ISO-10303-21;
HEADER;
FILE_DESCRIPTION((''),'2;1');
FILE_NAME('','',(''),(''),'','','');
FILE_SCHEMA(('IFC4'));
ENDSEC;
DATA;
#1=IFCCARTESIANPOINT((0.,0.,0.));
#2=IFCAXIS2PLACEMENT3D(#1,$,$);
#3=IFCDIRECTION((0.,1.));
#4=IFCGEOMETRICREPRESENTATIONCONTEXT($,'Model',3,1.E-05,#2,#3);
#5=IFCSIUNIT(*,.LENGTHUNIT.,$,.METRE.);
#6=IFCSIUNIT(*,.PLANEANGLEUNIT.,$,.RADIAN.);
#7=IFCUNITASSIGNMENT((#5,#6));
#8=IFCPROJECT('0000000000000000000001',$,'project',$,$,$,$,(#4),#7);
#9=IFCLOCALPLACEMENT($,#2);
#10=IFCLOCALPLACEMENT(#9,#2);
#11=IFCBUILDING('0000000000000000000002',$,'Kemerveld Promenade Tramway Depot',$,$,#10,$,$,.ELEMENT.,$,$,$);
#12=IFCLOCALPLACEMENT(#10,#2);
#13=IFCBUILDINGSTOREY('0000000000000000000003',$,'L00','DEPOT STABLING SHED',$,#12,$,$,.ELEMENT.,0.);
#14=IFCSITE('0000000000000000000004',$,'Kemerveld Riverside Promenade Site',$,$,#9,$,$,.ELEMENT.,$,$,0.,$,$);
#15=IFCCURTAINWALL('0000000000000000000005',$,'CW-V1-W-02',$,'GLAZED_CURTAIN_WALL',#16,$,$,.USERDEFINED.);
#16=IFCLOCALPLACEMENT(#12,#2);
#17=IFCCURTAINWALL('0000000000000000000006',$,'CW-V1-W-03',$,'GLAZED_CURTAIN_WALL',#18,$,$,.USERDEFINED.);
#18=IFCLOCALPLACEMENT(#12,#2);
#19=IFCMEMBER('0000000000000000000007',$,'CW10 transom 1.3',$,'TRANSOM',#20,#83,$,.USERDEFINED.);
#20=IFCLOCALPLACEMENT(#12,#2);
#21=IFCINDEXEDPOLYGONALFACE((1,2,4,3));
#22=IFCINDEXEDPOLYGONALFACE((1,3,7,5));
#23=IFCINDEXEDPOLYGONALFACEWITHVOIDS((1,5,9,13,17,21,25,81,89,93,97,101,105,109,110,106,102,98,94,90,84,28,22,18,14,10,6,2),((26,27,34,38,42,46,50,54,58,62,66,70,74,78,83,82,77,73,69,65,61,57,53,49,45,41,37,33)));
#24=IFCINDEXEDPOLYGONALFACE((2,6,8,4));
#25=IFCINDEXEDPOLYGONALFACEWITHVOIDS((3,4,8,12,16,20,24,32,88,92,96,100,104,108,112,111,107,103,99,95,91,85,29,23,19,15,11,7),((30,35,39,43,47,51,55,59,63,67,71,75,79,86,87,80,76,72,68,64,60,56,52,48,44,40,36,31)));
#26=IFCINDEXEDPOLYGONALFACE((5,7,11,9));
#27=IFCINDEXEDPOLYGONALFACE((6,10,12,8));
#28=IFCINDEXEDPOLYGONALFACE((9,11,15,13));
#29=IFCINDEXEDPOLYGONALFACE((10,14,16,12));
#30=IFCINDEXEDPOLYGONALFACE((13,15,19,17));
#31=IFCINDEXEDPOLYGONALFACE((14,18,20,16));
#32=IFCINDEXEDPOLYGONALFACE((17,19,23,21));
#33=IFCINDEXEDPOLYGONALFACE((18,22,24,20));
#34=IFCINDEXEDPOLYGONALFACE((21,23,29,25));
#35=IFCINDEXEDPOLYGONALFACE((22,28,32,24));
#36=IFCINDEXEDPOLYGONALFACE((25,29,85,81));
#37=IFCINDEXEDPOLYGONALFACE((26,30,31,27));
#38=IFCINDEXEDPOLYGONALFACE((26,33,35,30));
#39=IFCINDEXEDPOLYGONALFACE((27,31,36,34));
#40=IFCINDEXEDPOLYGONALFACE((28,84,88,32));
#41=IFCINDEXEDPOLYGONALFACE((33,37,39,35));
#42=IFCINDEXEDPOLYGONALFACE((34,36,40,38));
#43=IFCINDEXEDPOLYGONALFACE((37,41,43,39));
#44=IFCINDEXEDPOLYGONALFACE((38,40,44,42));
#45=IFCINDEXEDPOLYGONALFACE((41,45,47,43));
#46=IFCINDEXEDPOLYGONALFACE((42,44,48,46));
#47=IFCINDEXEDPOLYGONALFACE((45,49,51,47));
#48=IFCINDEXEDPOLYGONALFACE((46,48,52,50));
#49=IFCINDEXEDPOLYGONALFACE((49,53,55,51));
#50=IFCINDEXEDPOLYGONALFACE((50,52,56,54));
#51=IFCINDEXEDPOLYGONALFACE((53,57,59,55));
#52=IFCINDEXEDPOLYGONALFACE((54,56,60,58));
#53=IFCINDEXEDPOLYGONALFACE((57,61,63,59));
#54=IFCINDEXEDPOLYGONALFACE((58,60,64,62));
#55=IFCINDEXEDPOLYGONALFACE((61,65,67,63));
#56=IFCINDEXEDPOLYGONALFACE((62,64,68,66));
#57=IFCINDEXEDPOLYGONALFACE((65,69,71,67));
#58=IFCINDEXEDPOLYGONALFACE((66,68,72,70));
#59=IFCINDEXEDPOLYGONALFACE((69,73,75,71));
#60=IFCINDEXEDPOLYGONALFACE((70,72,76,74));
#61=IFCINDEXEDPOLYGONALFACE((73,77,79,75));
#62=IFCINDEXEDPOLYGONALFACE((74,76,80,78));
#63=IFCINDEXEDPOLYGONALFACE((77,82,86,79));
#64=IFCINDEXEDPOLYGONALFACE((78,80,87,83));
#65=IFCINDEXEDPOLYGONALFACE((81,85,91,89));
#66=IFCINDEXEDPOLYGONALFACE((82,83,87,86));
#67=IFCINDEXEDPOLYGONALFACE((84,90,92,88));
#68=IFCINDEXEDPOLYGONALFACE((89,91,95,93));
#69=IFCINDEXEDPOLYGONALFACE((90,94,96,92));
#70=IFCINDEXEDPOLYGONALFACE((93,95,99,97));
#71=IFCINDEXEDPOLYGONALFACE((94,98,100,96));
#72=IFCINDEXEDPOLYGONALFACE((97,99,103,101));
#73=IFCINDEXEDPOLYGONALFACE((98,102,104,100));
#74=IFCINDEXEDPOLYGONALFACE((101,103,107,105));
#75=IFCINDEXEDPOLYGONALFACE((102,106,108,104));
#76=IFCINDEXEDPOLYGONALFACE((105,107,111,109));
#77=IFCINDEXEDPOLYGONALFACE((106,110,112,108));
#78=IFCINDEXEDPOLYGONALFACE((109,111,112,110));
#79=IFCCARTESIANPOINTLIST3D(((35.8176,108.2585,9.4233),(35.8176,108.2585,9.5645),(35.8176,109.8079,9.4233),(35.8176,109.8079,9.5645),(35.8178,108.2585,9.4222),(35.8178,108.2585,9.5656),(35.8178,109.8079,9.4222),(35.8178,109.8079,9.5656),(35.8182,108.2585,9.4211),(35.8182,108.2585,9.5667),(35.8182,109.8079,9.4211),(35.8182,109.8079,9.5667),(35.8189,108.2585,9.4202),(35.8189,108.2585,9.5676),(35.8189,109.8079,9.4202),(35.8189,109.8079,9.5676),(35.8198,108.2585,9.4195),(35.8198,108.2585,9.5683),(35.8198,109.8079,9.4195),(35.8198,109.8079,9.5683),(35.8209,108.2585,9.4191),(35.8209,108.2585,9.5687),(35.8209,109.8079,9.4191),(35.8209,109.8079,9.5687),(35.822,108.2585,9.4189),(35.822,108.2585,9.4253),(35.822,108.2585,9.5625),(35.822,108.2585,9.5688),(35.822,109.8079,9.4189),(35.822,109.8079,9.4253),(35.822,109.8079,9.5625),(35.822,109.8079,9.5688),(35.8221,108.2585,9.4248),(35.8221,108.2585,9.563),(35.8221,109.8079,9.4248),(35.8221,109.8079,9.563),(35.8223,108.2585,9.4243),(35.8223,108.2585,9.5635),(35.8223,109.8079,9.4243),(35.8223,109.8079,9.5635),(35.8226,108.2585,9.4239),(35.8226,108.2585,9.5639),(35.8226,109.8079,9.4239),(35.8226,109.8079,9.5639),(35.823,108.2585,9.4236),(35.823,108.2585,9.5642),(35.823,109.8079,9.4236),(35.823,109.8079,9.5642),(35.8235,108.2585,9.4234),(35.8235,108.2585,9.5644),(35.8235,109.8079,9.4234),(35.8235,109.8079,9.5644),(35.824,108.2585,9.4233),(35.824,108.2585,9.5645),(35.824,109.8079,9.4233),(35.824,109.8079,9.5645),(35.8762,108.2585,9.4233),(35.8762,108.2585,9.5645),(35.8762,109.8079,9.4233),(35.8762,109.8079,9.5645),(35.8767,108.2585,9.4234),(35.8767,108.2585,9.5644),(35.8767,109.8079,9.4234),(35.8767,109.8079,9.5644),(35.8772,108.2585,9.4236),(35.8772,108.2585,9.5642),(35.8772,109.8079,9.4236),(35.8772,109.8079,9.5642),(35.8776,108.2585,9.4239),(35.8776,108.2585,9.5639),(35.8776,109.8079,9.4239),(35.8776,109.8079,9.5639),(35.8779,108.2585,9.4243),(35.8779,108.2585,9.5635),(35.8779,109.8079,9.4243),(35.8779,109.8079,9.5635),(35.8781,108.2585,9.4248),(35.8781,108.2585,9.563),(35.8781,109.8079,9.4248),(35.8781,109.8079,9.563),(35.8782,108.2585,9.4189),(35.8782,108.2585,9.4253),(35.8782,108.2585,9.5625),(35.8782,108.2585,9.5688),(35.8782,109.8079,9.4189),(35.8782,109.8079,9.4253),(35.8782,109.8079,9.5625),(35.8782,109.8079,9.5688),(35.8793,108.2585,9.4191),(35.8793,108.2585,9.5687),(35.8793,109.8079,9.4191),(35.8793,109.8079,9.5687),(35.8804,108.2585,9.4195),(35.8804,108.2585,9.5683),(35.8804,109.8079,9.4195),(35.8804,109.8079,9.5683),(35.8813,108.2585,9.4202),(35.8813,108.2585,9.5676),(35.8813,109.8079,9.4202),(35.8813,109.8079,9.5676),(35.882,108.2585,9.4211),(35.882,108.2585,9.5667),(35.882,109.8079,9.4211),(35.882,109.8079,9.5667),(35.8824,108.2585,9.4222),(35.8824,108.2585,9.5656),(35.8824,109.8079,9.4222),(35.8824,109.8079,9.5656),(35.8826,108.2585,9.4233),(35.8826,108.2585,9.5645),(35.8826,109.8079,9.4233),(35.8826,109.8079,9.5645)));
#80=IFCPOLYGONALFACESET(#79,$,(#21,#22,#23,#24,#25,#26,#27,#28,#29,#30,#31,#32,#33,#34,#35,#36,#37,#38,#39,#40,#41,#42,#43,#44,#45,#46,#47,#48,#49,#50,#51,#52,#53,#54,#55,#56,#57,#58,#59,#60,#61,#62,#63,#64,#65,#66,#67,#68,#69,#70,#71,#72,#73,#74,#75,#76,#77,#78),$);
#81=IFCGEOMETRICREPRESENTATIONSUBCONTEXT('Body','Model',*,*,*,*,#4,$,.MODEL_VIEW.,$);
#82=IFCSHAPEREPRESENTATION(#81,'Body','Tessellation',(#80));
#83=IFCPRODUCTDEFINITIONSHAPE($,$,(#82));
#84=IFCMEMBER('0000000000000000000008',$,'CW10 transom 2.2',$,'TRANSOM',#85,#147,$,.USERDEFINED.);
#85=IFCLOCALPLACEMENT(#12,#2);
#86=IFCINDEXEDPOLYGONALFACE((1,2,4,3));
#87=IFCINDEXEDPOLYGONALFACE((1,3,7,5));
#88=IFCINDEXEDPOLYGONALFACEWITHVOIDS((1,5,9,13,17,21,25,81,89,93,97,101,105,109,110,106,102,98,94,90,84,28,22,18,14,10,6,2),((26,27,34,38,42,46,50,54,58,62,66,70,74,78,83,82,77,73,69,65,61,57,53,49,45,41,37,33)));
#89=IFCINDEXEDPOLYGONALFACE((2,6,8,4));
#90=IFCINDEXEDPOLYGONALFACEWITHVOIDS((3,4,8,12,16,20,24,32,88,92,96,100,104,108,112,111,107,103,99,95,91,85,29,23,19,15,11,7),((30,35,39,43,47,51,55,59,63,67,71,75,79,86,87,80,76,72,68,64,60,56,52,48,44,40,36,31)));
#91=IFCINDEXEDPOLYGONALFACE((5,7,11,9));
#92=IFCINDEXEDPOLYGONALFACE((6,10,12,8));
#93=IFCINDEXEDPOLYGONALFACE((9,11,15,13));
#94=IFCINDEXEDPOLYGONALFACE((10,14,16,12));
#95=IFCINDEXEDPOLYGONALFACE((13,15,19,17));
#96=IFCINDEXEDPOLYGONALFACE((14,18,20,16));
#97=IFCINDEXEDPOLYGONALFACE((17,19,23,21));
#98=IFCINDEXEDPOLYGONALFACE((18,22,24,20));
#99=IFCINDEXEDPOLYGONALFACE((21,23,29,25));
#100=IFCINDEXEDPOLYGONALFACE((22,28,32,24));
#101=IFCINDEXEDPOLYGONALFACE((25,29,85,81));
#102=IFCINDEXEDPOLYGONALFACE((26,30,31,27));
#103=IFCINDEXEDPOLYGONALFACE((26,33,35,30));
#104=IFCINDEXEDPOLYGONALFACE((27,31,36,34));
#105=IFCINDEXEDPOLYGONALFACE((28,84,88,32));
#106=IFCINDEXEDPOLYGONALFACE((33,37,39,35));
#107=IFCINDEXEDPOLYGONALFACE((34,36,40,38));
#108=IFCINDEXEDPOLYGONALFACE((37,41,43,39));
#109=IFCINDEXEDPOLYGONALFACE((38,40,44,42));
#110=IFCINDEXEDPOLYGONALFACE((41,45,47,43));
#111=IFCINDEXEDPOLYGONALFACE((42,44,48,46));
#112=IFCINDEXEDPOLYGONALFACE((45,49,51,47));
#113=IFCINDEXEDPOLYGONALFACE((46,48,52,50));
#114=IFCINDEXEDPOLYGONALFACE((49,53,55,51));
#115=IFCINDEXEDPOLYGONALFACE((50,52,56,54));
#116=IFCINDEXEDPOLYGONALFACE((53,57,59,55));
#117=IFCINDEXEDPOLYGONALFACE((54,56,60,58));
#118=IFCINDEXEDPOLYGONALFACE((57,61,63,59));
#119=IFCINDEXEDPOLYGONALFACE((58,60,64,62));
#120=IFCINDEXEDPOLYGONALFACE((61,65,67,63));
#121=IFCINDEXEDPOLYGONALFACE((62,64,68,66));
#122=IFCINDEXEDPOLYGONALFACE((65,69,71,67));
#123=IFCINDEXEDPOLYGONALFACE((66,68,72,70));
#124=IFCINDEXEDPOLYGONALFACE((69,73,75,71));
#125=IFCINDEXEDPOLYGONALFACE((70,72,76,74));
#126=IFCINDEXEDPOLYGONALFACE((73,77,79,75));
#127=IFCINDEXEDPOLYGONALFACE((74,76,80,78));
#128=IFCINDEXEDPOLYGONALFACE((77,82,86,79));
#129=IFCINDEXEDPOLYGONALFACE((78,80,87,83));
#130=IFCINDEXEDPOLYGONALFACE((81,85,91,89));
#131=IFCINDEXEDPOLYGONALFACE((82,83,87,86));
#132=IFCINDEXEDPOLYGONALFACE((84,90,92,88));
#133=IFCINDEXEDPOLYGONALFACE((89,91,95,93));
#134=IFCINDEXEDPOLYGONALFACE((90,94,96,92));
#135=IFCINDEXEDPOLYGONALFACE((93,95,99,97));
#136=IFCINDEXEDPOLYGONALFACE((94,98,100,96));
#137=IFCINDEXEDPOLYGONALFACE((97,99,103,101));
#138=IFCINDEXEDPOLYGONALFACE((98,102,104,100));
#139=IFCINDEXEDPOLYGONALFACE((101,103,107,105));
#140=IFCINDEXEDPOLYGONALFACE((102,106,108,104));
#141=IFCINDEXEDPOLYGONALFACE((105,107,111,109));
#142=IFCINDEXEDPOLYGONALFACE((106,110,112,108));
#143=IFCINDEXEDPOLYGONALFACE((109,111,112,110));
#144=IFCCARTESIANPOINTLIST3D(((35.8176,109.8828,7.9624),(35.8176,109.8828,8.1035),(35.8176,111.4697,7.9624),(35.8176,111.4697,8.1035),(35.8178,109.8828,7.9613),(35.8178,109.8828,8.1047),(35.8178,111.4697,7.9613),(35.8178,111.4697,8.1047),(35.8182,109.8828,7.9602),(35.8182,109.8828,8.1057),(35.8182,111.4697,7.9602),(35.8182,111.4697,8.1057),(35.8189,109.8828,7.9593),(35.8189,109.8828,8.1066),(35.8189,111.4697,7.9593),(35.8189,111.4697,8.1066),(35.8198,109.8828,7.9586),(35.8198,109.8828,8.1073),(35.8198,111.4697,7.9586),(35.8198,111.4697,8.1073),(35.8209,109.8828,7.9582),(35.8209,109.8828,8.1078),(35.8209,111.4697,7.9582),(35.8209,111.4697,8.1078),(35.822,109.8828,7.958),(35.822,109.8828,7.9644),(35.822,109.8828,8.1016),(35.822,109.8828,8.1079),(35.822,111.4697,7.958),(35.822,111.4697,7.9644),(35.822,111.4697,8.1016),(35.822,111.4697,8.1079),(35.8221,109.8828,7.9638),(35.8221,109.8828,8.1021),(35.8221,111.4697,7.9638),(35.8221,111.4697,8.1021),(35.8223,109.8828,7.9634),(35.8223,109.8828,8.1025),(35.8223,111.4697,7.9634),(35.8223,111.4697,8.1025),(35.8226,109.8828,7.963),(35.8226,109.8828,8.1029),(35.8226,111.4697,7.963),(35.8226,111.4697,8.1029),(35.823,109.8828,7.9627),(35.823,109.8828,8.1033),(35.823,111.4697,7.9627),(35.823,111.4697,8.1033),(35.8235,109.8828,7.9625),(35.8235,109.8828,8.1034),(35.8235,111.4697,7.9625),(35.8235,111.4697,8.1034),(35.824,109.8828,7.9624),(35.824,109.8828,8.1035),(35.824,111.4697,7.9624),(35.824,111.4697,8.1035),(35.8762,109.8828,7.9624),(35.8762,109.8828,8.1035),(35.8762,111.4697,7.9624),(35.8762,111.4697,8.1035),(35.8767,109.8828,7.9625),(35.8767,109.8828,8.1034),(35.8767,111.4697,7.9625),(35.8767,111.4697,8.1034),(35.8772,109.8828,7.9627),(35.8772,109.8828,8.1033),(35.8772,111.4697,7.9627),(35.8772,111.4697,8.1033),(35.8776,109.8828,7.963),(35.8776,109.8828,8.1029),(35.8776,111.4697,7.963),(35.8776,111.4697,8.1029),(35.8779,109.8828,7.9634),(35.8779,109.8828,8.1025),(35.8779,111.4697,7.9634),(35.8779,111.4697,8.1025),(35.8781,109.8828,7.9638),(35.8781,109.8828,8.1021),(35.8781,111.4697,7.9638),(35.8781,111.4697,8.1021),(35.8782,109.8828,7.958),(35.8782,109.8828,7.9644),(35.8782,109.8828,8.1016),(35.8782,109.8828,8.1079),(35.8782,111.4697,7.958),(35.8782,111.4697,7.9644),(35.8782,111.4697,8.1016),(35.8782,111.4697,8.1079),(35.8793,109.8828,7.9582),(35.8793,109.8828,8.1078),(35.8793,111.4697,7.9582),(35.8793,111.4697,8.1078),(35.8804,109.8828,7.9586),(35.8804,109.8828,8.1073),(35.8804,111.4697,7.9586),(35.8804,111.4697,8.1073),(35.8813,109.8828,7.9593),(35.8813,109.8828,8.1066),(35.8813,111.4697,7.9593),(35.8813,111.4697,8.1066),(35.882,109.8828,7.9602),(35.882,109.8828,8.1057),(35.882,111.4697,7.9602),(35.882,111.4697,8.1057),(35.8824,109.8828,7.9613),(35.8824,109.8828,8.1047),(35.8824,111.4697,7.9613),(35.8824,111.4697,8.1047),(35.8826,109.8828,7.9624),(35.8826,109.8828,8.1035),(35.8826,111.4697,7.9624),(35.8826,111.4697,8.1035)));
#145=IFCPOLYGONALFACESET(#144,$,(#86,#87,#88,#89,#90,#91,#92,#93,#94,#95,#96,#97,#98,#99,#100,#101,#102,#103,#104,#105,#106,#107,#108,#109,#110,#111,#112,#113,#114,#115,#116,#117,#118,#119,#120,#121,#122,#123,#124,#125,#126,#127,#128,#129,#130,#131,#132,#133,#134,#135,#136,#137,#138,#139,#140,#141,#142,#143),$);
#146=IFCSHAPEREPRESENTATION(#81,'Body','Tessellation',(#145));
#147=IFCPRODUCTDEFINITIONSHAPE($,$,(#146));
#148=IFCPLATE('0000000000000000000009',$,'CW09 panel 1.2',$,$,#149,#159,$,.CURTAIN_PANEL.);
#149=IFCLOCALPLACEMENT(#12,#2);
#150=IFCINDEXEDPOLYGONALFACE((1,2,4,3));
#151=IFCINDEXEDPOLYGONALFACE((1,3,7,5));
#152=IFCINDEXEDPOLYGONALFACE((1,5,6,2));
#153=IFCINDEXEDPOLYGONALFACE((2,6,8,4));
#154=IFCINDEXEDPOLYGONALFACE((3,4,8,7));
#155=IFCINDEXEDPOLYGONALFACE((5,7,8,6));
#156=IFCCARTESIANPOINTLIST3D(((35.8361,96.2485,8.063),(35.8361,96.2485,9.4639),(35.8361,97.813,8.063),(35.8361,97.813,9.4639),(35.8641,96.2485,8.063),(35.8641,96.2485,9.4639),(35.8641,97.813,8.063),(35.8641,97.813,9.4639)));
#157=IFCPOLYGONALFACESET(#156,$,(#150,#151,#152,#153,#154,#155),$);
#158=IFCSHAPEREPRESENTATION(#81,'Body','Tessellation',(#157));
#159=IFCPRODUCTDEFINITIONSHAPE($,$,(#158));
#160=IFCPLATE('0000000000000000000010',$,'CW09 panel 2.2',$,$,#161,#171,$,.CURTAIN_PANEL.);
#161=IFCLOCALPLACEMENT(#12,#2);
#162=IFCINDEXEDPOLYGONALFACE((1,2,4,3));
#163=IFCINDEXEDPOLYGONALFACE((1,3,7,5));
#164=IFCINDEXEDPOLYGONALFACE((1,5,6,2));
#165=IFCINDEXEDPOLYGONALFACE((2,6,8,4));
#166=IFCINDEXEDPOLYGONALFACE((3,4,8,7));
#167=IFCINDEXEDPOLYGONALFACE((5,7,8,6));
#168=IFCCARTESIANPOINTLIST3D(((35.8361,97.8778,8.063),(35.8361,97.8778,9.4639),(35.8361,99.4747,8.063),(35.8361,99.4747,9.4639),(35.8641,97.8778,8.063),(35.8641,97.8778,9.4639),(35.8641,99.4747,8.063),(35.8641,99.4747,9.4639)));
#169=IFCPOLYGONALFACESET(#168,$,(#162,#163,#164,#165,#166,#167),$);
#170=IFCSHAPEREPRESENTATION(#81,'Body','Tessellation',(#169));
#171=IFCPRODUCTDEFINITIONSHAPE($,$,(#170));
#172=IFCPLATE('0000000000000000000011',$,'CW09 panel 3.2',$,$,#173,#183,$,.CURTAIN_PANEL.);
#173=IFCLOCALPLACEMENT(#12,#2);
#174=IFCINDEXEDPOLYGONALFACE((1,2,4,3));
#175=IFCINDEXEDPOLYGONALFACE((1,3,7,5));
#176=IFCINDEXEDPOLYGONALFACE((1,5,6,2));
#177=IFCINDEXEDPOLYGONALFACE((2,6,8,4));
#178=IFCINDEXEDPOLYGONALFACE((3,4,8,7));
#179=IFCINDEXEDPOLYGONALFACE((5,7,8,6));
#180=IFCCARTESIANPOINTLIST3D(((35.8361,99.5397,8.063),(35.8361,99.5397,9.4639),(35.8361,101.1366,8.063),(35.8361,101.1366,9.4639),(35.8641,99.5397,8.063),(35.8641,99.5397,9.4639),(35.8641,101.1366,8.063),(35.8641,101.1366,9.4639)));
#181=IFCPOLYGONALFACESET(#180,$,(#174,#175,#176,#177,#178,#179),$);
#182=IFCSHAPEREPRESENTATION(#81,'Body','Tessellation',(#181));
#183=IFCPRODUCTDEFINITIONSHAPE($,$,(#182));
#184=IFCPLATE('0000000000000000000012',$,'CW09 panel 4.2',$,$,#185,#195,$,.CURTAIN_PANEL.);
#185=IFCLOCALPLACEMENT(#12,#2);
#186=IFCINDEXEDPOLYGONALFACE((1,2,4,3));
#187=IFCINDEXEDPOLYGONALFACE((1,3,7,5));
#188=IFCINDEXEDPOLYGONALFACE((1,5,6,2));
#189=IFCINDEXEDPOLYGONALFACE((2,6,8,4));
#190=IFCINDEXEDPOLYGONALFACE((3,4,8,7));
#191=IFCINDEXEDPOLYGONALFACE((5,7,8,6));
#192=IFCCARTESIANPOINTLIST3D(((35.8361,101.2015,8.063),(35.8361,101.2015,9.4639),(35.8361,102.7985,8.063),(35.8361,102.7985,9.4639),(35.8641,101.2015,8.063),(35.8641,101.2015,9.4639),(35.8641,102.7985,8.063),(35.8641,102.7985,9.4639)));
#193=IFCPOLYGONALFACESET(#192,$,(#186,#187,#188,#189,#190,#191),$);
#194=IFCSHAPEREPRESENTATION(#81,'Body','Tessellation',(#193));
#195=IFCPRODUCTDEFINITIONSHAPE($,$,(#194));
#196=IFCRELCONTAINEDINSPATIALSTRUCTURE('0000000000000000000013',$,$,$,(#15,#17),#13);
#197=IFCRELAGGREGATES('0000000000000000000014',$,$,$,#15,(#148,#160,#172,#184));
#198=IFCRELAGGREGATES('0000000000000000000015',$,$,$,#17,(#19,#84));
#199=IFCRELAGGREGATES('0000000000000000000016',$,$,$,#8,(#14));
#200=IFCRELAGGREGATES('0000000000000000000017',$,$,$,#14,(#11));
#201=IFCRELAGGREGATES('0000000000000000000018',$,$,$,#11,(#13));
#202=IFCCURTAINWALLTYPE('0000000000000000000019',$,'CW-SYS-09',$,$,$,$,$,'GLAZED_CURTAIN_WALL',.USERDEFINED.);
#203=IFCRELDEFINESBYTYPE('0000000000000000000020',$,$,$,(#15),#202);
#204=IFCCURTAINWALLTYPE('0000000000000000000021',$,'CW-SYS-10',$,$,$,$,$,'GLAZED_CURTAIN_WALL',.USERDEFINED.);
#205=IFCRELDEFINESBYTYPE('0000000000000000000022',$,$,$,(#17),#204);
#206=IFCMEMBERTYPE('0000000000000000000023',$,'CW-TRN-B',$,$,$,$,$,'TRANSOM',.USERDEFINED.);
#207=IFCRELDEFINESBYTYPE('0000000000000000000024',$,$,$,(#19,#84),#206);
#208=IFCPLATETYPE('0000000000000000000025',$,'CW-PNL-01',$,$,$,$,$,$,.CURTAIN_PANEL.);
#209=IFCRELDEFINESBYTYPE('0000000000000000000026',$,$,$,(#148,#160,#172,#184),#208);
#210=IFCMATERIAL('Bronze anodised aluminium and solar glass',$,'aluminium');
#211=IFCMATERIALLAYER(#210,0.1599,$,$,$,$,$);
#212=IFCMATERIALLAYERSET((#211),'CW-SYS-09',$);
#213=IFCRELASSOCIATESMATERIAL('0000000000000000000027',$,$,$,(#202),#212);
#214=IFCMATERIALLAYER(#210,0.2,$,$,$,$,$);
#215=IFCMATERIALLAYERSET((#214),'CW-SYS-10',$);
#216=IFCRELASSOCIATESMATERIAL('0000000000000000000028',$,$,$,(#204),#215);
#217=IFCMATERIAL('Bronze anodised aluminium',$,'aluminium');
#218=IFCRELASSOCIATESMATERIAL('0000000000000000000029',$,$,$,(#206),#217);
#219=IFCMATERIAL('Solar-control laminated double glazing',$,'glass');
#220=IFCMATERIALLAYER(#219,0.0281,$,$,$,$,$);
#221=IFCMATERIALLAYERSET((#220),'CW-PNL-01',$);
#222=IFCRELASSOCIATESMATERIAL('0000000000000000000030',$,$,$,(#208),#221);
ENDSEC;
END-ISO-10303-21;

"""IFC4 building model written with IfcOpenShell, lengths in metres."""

from ifc_helpers import new_model, si_unit, direction, frame, origin, origin_2d, place, context, subcontext, project, spatial, rectangle, hollow_rectangle, extrude, material, layer, layer_set, material_profile, profile_set, type_object, element, aggregate, save


model = new_model("IFC4")

# Units and contexts
model_context = context("Model", 3, precision=1e-05, world=origin(), true_north=direction((0.0, 1.0)))
body_context = subcontext(model_context, "Body", "Model", "MODEL_VIEW")
ifc_project = project(units=[si_unit("LENGTHUNIT", "METRE"), si_unit("PLANEANGLEUNIT", "RADIAN")], contexts=[model_context])

# Site, building, storey
site_placement = place(None, origin())
site = spatial("IfcSite", under=ifc_project, at=site_placement, Name="Kemerveld Riverside Promenade Site", CompositionType="ELEMENT", RefElevation=0.0)
building_placement = place(site_placement, origin())
building = spatial("IfcBuilding", under=site, at=building_placement, Name="Kemerveld Promenade Tramway Depot", CompositionType="ELEMENT")
storey_placement = place(building_placement, origin())
storey = spatial("IfcBuildingStorey", under=building, at=storey_placement, Name="L00", Description="DEPOT STABLING SHED", CompositionType="ELEMENT", Elevation=0.0)

# Curtain walls, members
ifc_material_1 = material(Name="Bronze anodised aluminium and solar glass", Category="aluminium")
ifc_layer_1 = layer(ifc_material_1, 0.1599)
ifc_layer_set_1 = layer_set([ifc_layer_1], Name="CW-SYS-09")
curtain_wall_type_1 = type_object("IfcCurtainWallType", Name="CW-SYS-09", ElementType="GLAZED_CURTAIN_WALL", PredefinedType="USERDEFINED", material=ifc_layer_set_1)
curtain_wall_1_placement = place(storey_placement, origin())
curtain_wall_1 = element("IfcCurtainWall", 1, at=curtain_wall_1_placement, inside=storey, type_object=curtain_wall_type_1, Name="CW-V1-W-02", ObjectType="GLAZED_CURTAIN_WALL", PredefinedType="USERDEFINED")
ifc_material_2 = material(Name="Bronze anodised aluminium", Category="aluminium")
ifc_layer_2 = layer(ifc_material_1, 0.2)
ifc_layer_set_2 = layer_set([ifc_layer_2], Name="CW-SYS-10")
curtain_wall_type_2 = type_object("IfcCurtainWallType", Name="CW-SYS-10", ElementType="GLAZED_CURTAIN_WALL", PredefinedType="USERDEFINED", material=ifc_layer_set_2)
curtain_wall_2_placement = place(storey_placement, origin())
curtain_wall_2 = element("IfcCurtainWall", 2, at=curtain_wall_2_placement, inside=storey, type_object=curtain_wall_type_2, Name="CW-V1-W-03", ObjectType="GLAZED_CURTAIN_WALL", PredefinedType="USERDEFINED")
ifc_material_profile_1 = material_profile(ifc_material_2, hollow_rectangle(XDim=0.0649, YDim=0.1499, WallThickness=0.0044, InnerFilletRadius=0.002, OuterFilletRadius=0.0044, at=origin_2d()), Name="CW-TRN-150x65")
ifc_profile_set_1 = profile_set([ifc_material_profile_1], Name="Bronze anodised aluminium")
member_type_1 = type_object("IfcMemberType", Name="CW-TRN-B", ElementType="TRANSOM", PredefinedType="USERDEFINED", material=ifc_profile_set_1)
member_1_placement = place(storey_placement, frame((35.8501, 108.2585, 9.4939), z_axis=(0.0, 1.0, 0.0), x_axis=(-1.0, 0.0, 0.0)))
member_1 = element("IfcMember", 3, at=member_1_placement, type_object=member_type_1, Name="CW10 transom 1.3", ObjectType="TRANSOM", PredefinedType="USERDEFINED", context=body_context, shape_type="SweptSolid", body=[
    extrude(hollow_rectangle(XDim=0.0649, YDim=0.1499, WallThickness=0.0044, InnerFilletRadius=0.002, OuterFilletRadius=0.0044, at=origin_2d()), origin(), (0.0, 0.0, 1.0), 1.5493),
])
member_2_placement = place(storey_placement, frame((35.8501, 109.8828, 8.033), z_axis=(0.0, 1.0, 0.0), x_axis=(-1.0, 0.0, 0.0)))
member_2 = element("IfcMember", 4, at=member_2_placement, type_object=member_type_1, Name="CW10 transom 2.2", ObjectType="TRANSOM", PredefinedType="USERDEFINED", context=body_context, shape_type="SweptSolid", body=[
    extrude(hollow_rectangle(XDim=0.0649, YDim=0.1499, WallThickness=0.0044, InnerFilletRadius=0.002, OuterFilletRadius=0.0044, at=origin_2d()), origin(), (0.0, 0.0, 1.0), 1.5869),
])

# Plates
ifc_material_3 = material(Name="Solar-control laminated double glazing", Category="glass")
ifc_layer_3 = layer(ifc_material_3, 0.0281)
ifc_layer_set_3 = layer_set([ifc_layer_3], Name="CW-PNL-01")
plate_type_1 = type_object("IfcPlateType", Name="CW-PNL-01", PredefinedType="CURTAIN_PANEL", material=ifc_layer_set_3)
plate_1_placement = place(storey_placement, frame((35.8501, 97.0308, 8.063), z_axis=(0.0, 0.0, 1.0), x_axis=(0.0, 1.0, 0.0)))
plate_1 = element("IfcPlate", 5, at=plate_1_placement, type_object=plate_type_1, Name="CW09 panel 1.2", PredefinedType="CURTAIN_PANEL", context=body_context, shape_type="SweptSolid", body=[
    extrude(rectangle(XDim=1.5645, YDim=0.0281, at=origin_2d()), origin(), (0.0, 0.0, 1.0), 1.4009),
])
plate_2_placement = place(storey_placement, frame((35.8501, 98.6763, 8.063), z_axis=(0.0, 0.0, 1.0), x_axis=(0.0, 1.0, 0.0)))
plate_2 = element("IfcPlate", 6, at=plate_2_placement, type_object=plate_type_1, Name="CW09 panel 2.2", PredefinedType="CURTAIN_PANEL", context=body_context, shape_type="SweptSolid", body=[
    extrude(rectangle(XDim=1.5969, YDim=0.0281, at=origin_2d()), origin(), (0.0, 0.0, 1.0), 1.4009),
])
plate_3_placement = place(storey_placement, frame((35.8501, 100.3381, 8.063), z_axis=(0.0, 0.0, 1.0), x_axis=(0.0, 1.0, 0.0)))
plate_3 = element("IfcPlate", 7, at=plate_3_placement, type_object=plate_type_1, Name="CW09 panel 3.2", PredefinedType="CURTAIN_PANEL", context=body_context, shape_type="SweptSolid", body=[
    extrude(rectangle(XDim=1.5969, YDim=0.0281, at=origin_2d()), origin(), (0.0, 0.0, 1.0), 1.4009),
])
plate_4_placement = place(storey_placement, frame((35.8501, 102.0, 8.063), z_axis=(0.0, 0.0, 1.0), x_axis=(0.0, 1.0, 0.0)))
plate_4 = element("IfcPlate", 8, at=plate_4_placement, type_object=plate_type_1, Name="CW09 panel 4.2", PredefinedType="CURTAIN_PANEL", context=body_context, shape_type="SweptSolid", body=[
    extrude(rectangle(XDim=1.5969, YDim=0.0281, at=origin_2d()), origin(), (0.0, 0.0, 1.0), 1.4009),
])
aggregate(curtain_wall_1, [plate_1, plate_2, plate_3, plate_4])
aggregate(curtain_wall_2, [member_1, member_2])

save(model, "model.ifc")
